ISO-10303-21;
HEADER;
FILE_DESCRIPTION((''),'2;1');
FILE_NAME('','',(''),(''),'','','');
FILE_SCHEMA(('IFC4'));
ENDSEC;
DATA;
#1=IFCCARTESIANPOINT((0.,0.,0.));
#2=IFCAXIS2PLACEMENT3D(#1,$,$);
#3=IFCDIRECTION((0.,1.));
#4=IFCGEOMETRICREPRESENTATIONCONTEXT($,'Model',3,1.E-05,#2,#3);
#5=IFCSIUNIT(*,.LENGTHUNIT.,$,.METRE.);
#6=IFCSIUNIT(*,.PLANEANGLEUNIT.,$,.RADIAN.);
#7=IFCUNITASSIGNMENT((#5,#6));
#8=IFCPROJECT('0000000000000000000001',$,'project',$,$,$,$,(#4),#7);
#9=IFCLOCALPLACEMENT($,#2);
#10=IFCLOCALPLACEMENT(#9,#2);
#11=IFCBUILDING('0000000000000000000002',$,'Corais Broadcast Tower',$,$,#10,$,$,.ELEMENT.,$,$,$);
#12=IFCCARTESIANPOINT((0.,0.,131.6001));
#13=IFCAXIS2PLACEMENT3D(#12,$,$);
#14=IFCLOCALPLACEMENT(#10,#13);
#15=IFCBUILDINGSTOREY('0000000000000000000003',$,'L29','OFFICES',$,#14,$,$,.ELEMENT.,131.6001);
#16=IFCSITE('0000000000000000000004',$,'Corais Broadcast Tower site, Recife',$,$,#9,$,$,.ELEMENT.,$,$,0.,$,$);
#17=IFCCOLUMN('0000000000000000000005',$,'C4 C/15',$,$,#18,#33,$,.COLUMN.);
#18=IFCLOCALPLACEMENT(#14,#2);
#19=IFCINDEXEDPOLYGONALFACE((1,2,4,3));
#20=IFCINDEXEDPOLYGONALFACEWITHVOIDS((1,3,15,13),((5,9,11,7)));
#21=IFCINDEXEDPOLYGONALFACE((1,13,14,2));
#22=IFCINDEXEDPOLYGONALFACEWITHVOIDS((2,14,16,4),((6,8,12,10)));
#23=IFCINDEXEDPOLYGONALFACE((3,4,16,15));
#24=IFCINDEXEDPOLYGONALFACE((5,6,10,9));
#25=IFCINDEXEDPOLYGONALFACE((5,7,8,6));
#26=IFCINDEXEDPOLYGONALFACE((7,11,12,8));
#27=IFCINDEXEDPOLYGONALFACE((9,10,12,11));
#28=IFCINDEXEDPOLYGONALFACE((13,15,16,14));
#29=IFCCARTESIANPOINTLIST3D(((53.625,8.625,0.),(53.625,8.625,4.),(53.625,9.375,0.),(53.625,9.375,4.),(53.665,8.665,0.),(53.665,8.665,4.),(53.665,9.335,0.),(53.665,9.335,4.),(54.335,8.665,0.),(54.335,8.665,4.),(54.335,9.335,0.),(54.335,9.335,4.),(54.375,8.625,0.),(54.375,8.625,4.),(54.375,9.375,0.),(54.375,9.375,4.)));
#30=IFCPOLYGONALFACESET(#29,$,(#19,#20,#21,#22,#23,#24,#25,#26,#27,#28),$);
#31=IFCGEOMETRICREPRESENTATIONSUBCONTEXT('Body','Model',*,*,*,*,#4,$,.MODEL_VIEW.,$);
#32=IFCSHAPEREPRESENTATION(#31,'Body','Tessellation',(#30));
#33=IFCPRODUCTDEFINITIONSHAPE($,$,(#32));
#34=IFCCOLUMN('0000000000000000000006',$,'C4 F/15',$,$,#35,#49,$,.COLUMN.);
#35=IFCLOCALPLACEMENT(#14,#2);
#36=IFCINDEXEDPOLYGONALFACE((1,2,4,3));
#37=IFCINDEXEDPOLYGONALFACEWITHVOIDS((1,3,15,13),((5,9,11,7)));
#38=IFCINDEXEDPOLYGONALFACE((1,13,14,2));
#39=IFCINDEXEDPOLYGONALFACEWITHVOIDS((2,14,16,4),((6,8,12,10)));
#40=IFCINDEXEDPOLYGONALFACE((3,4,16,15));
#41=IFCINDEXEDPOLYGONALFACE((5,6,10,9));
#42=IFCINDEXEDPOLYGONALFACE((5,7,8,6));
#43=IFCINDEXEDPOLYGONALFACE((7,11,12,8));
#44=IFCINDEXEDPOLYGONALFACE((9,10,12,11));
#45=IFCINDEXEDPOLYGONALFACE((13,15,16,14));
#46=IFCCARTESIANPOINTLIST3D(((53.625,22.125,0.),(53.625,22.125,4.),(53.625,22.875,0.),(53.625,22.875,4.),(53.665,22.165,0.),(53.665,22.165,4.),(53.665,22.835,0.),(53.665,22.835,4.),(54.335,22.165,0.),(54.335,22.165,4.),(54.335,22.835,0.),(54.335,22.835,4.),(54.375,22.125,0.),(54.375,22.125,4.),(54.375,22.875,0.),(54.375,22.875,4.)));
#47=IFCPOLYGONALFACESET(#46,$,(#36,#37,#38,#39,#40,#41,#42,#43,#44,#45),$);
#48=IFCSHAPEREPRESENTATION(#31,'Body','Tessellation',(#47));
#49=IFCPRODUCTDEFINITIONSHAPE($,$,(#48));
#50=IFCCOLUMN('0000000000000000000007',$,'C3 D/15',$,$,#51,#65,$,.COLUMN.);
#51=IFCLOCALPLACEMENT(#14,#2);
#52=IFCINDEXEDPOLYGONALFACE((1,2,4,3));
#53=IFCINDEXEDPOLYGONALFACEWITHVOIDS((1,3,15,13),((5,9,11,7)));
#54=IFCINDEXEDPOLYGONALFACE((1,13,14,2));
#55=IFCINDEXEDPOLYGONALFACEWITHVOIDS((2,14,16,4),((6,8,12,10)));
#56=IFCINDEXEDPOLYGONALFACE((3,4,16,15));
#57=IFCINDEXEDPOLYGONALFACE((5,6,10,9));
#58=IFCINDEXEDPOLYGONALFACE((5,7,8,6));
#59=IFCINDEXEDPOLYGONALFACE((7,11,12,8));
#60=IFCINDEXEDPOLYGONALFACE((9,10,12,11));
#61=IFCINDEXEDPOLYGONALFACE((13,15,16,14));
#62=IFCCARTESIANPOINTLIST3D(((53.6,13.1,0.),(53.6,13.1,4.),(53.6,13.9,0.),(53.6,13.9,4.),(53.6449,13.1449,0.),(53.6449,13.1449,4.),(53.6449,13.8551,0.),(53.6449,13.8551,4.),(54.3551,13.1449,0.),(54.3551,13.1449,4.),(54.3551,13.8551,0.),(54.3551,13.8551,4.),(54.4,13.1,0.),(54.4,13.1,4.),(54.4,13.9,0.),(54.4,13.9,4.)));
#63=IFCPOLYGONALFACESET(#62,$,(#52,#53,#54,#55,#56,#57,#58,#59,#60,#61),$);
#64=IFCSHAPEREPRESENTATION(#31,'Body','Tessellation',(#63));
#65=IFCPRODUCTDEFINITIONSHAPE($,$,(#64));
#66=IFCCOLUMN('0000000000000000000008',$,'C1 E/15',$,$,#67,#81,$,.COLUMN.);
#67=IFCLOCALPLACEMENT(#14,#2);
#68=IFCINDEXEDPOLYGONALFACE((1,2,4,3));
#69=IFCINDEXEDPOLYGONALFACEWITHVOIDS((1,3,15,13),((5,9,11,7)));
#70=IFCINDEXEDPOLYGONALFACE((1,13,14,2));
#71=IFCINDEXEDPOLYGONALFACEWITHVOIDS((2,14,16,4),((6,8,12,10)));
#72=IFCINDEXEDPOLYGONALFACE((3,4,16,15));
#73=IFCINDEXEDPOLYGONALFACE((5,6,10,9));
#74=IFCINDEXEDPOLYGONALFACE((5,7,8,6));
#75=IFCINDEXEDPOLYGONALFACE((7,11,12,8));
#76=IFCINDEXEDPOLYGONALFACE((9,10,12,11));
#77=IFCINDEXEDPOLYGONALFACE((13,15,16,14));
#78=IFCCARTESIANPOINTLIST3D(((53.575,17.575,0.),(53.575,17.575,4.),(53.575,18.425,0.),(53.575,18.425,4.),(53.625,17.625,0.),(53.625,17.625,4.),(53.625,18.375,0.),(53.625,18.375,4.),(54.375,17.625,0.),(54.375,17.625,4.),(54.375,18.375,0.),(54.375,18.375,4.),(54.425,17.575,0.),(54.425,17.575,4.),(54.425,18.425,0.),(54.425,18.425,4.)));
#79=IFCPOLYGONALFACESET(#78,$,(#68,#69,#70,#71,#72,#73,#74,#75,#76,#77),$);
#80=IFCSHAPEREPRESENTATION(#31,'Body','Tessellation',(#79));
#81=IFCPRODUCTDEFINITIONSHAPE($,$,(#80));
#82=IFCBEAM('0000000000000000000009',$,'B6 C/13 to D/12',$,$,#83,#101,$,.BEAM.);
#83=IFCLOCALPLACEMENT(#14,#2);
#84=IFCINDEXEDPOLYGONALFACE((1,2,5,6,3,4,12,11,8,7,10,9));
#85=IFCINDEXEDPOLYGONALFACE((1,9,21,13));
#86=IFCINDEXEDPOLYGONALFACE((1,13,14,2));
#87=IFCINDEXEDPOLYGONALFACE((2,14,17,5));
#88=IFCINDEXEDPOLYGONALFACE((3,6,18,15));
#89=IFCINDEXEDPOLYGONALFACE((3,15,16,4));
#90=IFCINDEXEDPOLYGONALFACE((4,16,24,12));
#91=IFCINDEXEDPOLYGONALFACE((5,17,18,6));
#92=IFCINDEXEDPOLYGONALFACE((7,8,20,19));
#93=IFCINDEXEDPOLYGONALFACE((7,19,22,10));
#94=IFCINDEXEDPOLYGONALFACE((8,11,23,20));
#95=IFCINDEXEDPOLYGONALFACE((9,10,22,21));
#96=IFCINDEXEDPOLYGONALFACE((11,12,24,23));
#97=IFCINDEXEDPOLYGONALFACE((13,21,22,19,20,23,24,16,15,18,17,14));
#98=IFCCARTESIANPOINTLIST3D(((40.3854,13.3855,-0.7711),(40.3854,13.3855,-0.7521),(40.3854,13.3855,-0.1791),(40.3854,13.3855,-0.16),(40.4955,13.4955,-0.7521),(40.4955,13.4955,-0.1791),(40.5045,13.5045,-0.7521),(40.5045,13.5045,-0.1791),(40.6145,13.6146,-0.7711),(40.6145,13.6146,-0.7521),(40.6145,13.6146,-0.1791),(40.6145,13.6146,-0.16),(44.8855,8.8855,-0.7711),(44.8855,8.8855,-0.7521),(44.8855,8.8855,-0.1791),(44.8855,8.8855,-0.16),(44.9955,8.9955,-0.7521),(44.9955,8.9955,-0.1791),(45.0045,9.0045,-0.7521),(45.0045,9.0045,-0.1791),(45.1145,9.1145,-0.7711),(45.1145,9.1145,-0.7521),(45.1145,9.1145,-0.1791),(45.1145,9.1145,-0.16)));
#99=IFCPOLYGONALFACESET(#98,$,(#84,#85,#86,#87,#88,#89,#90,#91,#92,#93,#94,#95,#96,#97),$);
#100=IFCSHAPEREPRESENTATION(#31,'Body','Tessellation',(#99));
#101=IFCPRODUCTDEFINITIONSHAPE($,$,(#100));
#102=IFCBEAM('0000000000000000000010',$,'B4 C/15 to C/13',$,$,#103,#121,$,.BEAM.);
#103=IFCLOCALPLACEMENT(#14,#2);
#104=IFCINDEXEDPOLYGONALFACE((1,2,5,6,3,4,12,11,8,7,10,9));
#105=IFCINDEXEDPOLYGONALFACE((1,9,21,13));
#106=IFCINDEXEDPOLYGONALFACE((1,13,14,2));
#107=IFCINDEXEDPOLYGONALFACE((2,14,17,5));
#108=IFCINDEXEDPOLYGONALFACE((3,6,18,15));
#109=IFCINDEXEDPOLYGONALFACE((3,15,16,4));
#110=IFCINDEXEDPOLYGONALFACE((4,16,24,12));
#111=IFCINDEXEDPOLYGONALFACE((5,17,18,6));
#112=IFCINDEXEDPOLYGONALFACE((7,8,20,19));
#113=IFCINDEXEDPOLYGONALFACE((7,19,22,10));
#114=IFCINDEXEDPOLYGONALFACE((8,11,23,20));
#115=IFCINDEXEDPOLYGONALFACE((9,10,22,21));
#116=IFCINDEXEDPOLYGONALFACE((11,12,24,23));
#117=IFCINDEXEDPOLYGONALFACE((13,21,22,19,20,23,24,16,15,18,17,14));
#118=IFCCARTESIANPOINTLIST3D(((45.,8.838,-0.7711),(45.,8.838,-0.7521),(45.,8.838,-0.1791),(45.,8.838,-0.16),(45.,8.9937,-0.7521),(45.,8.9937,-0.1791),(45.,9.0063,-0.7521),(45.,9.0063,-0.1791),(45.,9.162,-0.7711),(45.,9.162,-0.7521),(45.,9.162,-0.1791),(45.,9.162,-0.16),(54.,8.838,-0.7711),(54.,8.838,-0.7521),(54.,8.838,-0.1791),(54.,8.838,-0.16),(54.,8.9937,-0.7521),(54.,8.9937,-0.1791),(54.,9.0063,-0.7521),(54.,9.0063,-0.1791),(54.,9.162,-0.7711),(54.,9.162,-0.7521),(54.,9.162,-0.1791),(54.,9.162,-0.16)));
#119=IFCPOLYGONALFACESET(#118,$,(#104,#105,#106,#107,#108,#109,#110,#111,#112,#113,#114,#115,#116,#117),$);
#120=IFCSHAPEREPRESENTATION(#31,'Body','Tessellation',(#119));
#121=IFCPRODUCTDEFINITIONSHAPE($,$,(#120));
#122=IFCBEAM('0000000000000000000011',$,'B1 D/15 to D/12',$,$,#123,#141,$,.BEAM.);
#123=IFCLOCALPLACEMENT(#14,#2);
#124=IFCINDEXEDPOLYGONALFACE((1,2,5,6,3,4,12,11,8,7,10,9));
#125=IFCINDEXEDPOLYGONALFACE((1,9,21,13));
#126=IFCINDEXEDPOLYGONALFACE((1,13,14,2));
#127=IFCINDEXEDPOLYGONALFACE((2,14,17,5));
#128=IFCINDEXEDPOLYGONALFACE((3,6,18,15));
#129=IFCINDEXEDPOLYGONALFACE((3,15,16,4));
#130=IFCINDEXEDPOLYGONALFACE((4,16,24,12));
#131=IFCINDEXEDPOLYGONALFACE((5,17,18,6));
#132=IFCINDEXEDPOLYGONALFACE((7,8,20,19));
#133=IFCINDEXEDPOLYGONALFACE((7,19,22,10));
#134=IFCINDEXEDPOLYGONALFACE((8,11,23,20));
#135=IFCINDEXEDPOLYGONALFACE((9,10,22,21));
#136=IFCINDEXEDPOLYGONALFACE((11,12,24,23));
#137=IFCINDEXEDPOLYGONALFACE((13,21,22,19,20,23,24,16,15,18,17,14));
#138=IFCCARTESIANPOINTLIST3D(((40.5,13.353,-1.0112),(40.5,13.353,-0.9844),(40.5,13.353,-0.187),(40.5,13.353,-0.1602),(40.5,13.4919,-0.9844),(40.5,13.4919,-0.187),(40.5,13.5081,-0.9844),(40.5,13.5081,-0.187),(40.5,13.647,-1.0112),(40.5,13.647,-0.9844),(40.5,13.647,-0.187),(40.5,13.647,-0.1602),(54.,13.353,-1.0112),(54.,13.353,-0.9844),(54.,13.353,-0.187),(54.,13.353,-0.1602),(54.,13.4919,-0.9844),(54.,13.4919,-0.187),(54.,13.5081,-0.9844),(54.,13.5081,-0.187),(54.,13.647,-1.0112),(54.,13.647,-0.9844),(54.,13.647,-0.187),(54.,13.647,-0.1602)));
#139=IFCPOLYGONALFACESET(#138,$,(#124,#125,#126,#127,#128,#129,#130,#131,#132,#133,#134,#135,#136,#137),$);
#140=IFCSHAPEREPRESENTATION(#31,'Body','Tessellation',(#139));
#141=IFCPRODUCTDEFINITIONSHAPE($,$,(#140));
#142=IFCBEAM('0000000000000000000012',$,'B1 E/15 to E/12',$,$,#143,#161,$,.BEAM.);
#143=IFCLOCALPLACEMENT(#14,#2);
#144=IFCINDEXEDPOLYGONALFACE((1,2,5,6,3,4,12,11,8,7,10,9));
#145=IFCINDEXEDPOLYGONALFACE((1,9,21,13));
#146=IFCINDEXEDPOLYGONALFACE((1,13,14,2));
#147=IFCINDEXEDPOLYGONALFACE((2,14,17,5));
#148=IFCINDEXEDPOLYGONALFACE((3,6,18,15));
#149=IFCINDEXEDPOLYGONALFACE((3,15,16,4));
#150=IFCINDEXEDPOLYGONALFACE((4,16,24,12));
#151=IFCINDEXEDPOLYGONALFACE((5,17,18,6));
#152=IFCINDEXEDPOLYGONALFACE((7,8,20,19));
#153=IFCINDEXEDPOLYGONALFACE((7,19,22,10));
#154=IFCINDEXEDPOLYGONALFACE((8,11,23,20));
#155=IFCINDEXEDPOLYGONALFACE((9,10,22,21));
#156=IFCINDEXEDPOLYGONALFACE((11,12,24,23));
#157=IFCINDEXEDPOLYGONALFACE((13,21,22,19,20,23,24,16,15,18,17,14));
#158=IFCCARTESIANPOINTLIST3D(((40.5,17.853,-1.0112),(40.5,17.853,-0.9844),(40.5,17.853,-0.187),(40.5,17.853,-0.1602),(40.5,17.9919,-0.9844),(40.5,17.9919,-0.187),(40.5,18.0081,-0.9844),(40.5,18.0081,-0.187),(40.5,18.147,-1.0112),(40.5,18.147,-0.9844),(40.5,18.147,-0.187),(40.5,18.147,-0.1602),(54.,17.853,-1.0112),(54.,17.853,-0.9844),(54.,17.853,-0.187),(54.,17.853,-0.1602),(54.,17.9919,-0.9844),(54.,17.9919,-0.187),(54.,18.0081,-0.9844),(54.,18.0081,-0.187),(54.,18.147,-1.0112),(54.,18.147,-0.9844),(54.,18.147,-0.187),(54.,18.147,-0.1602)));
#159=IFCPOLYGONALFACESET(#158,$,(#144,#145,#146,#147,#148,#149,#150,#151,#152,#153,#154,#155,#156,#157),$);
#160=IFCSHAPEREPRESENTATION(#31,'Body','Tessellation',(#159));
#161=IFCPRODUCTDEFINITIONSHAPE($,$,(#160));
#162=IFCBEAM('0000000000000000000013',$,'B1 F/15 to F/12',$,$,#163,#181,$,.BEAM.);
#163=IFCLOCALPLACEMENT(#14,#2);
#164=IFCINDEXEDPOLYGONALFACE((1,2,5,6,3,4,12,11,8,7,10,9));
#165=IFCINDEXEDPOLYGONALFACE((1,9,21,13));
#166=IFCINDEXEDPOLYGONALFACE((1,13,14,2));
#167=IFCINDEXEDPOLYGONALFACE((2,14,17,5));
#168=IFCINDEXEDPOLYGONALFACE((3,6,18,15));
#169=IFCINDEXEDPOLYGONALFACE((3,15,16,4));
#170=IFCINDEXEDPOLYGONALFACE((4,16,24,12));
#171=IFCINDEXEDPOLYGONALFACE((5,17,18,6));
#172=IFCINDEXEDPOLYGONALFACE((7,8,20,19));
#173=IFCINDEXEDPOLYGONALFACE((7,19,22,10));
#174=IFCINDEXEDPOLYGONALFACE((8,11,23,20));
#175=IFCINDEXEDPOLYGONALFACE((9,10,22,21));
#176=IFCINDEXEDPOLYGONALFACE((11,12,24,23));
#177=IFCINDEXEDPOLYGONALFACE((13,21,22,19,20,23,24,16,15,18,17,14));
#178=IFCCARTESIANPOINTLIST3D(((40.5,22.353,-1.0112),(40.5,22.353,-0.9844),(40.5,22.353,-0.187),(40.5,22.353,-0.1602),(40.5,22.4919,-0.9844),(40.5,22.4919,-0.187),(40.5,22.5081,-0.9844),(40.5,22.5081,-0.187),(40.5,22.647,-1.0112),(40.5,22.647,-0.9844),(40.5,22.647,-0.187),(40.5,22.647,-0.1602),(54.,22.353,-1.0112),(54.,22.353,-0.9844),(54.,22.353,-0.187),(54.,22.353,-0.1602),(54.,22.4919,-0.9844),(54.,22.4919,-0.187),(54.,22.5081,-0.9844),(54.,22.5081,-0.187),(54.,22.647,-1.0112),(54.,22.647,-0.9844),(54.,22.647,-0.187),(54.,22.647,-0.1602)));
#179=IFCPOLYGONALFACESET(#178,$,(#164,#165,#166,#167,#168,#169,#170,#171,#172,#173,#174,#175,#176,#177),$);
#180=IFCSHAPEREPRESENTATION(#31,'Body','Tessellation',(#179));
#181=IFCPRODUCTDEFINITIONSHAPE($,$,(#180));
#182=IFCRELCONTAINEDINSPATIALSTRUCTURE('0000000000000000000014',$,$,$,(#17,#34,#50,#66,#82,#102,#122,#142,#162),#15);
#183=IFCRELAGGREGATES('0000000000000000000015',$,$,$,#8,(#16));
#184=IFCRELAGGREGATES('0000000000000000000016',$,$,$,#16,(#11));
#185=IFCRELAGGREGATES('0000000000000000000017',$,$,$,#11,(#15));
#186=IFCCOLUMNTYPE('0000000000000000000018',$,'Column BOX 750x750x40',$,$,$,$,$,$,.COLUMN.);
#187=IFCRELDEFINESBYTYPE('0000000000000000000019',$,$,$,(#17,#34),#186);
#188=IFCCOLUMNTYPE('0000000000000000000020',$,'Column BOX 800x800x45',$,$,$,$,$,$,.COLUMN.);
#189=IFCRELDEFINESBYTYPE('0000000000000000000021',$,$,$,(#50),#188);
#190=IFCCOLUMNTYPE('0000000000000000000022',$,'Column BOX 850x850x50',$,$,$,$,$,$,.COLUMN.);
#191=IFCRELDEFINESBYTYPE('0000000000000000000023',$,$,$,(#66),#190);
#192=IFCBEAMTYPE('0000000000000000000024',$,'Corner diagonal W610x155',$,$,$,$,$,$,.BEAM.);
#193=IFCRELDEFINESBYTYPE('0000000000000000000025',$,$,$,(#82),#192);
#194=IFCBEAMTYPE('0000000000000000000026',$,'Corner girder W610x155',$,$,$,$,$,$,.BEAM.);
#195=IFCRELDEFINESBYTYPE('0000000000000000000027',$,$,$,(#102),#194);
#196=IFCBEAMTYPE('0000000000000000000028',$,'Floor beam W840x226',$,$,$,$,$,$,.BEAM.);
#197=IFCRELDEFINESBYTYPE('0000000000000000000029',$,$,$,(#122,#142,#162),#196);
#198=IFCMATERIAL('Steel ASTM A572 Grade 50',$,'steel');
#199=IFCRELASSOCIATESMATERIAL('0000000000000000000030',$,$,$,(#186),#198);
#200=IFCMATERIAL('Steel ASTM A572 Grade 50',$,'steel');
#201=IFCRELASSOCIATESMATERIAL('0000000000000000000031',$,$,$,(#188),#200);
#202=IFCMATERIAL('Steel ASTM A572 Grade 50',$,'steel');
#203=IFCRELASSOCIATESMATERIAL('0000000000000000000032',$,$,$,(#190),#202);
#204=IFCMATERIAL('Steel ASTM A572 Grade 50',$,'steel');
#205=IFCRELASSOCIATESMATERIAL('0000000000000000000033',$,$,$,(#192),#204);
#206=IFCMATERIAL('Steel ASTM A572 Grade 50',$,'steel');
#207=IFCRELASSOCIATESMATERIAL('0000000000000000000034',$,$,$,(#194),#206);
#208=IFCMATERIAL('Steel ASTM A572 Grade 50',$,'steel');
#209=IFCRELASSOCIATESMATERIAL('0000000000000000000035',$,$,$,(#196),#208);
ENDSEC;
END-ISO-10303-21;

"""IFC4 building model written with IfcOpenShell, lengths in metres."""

from ifc_helpers import new_model, si_unit, direction, frame, origin, origin_2d, place, context, subcontext, project, spatial, hollow_rectangle, i_section, extrude, material, material_profile, profile_set, type_object, element, save


model = new_model("IFC4")

# Units and contexts
model_context = context("Model", 3, precision=1e-05, world=origin(), true_north=direction((0.0, 1.0)))
body_context = subcontext(model_context, "Body", "Model", "MODEL_VIEW")
ifc_project = project(units=[si_unit("LENGTHUNIT", "METRE"), si_unit("PLANEANGLEUNIT", "RADIAN")], contexts=[model_context])

# Site, building, storey
site_placement = place(None, origin())
site = spatial("IfcSite", under=ifc_project, at=site_placement, Name="Corais Broadcast Tower site, Recife", CompositionType="ELEMENT", RefElevation=0.0)
building_placement = place(site_placement, origin())
building = spatial("IfcBuilding", under=site, at=building_placement, Name="Corais Broadcast Tower", CompositionType="ELEMENT")
storey_placement = place(building_placement, frame((0.0, 0.0, 131.6001)))
storey = spatial("IfcBuildingStorey", under=building, at=storey_placement, Name="L29", Description="OFFICES", CompositionType="ELEMENT", Elevation=131.6001)

# Columns
ifc_material_1 = material(Name="Steel ASTM A572 Grade 50", Category="steel")
ifc_material_profile_1 = material_profile(ifc_material_1, hollow_rectangle(XDim=0.75, YDim=0.75, WallThickness=0.04, at=origin_2d()), Name="BOX 750x750x40")
ifc_profile_set_1 = profile_set([ifc_material_profile_1], Name="Steel ASTM A572 Grade 50")
column_type_1 = type_object("IfcColumnType", Name="Column BOX 750x750x40", PredefinedType="COLUMN", material=ifc_profile_set_1)
for number, where, z_axis, x_axis, name in (
    (1, (54.0, 9.0, 0.0), (0.0, 0.0, 1.0), (1.0, 0.0, 0.0), "C4 C/15"),
    (2, (54.0, 22.5, 0.0), (0.0, 0.0, 1.0), (1.0, 0.0, 0.0), "C4 F/15"),
):
    element("IfcColumn", number, at=place(storey_placement, frame(where, z_axis=z_axis, x_axis=x_axis)), inside=storey, type_object=column_type_1, Name=name, PredefinedType="COLUMN", context=body_context, shape_type="SweptSolid", body=[
        extrude(hollow_rectangle(XDim=0.75, YDim=0.75, WallThickness=0.04, at=origin_2d()), origin(), (0.0, 0.0, 1.0), 4.0),
    ])
ifc_material_2 = material(Name="Steel ASTM A572 Grade 50", Category="steel")
ifc_material_profile_2 = material_profile(ifc_material_2, hollow_rectangle(XDim=0.8, YDim=0.8, WallThickness=0.0449, at=origin_2d()), Name="BOX 800x800x45")
ifc_profile_set_2 = profile_set([ifc_material_profile_2], Name="Steel ASTM A572 Grade 50")
column_type_2 = type_object("IfcColumnType", Name="Column BOX 800x800x45", PredefinedType="COLUMN", material=ifc_profile_set_2)
column_1_placement = place(storey_placement, frame((54.0, 13.5, 0.0), z_axis=(0.0, 0.0, 1.0), x_axis=(1.0, 0.0, 0.0)))
element("IfcColumn", 3, at=column_1_placement, inside=storey, type_object=column_type_2, Name="C3 D/15", PredefinedType="COLUMN", context=body_context, shape_type="SweptSolid", body=[
    extrude(hollow_rectangle(XDim=0.8, YDim=0.8, WallThickness=0.0449, at=origin_2d()), origin(), (0.0, 0.0, 1.0), 4.0),
])
ifc_material_3 = material(Name="Steel ASTM A572 Grade 50", Category="steel")
ifc_material_profile_3 = material_profile(ifc_material_3, hollow_rectangle(XDim=0.8501, YDim=0.8501, WallThickness=0.05, at=origin_2d()), Name="BOX 850x850x50")
ifc_profile_set_3 = profile_set([ifc_material_profile_3], Name="Steel ASTM A572 Grade 50")
column_type_3 = type_object("IfcColumnType", Name="Column BOX 850x850x50", PredefinedType="COLUMN", material=ifc_profile_set_3)
column_2_placement = place(storey_placement, frame((54.0, 18.0, 0.0), z_axis=(0.0, 0.0, 1.0), x_axis=(1.0, 0.0, 0.0)))
element("IfcColumn", 4, at=column_2_placement, inside=storey, type_object=column_type_3, Name="C1 E/15", PredefinedType="COLUMN", context=body_context, shape_type="SweptSolid", body=[
    extrude(hollow_rectangle(XDim=0.8501, YDim=0.8501, WallThickness=0.05, at=origin_2d()), origin(), (0.0, 0.0, 1.0), 4.0),
])

# Beams
ifc_material_4 = material(Name="Steel ASTM A572 Grade 50", Category="steel")
ifc_material_profile_4 = material_profile(ifc_material_4, i_section(OverallWidth=0.324, OverallDepth=0.6111, WebThickness=0.0127, FlangeThickness=0.019, at=origin_2d()), Name="W610x155")
ifc_profile_set_4 = profile_set([ifc_material_profile_4], Name="Steel ASTM A572 Grade 50")
beam_type_1 = type_object("IfcBeamType", Name="Corner diagonal W610x155", PredefinedType="BEAM", material=ifc_profile_set_4)
beam_1_placement = place(storey_placement, frame((45.0, 9.0, -0.4656), z_axis=(-0.707107, 0.707107, 0.0), x_axis=(-0.707107, -0.707107, 0.0)))
element("IfcBeam", 5, at=beam_1_placement, inside=storey, type_object=beam_type_1, Name="B6 C/13 to D/12", PredefinedType="BEAM", context=body_context, shape_type="SweptSolid", body=[
    extrude(i_section(OverallWidth=0.324, OverallDepth=0.6111, WebThickness=0.0127, FlangeThickness=0.019, at=origin_2d()), origin(), (0.0, 0.0, 1.0), 6.364),
])
ifc_material_5 = material(Name="Steel ASTM A572 Grade 50", Category="steel")
ifc_material_profile_5 = material_profile(ifc_material_5, i_section(OverallWidth=0.324, OverallDepth=0.6111, WebThickness=0.0127, FlangeThickness=0.019, at=origin_2d()), Name="W610x155")
ifc_profile_set_5 = profile_set([ifc_material_profile_5], Name="Steel ASTM A572 Grade 50")
beam_type_2 = type_object("IfcBeamType", Name="Corner girder W610x155", PredefinedType="BEAM", material=ifc_profile_set_5)
beam_2_placement = place(storey_placement, frame((54.0, 9.0, -0.4656), z_axis=(-1.0, 0.0, 0.0), x_axis=(0.0, -1.0, 0.0)))
element("IfcBeam", 6, at=beam_2_placement, inside=storey, type_object=beam_type_2, Name="B4 C/15 to C/13", PredefinedType="BEAM", context=body_context, shape_type="SweptSolid", body=[
    extrude(i_section(OverallWidth=0.324, OverallDepth=0.6111, WebThickness=0.0127, FlangeThickness=0.019, at=origin_2d()), origin(), (0.0, 0.0, 1.0), 9.0),
])
ifc_material_6 = material(Name="Steel ASTM A572 Grade 50", Category="steel")
ifc_material_profile_6 = material_profile(ifc_material_6, i_section(OverallWidth=0.2939, OverallDepth=0.8511, WebThickness=0.0161, FlangeThickness=0.0269, at=origin_2d()), Name="W840x226")
ifc_profile_set_6 = profile_set([ifc_material_profile_6], Name="Steel ASTM A572 Grade 50")
beam_type_3 = type_object("IfcBeamType", Name="Floor beam W840x226", PredefinedType="BEAM", material=ifc_profile_set_6)
for number, where, z_axis, x_axis, name in (
    (7, (54.0, 13.5, -0.5857), (-1.0, 0.0, 0.0), (0.0, -1.0, 0.0), "B1 D/15 to D/12"),
    (8, (54.0, 18.0, -0.5857), (-1.0, 0.0, 0.0), (0.0, -1.0, 0.0), "B1 E/15 to E/12"),
    (9, (54.0, 22.5, -0.5857), (-1.0, 0.0, 0.0), (0.0, -1.0, 0.0), "B1 F/15 to F/12"),
):
    element("IfcBeam", number, at=place(storey_placement, frame(where, z_axis=z_axis, x_axis=x_axis)), inside=storey, type_object=beam_type_3, Name=name, PredefinedType="BEAM", context=body_context, shape_type="SweptSolid", body=[
        extrude(i_section(OverallWidth=0.2939, OverallDepth=0.8511, WebThickness=0.0161, FlangeThickness=0.0269, at=origin_2d()), origin(), (0.0, 0.0, 1.0), 13.5),
    ])

save(model, "model.ifc")
